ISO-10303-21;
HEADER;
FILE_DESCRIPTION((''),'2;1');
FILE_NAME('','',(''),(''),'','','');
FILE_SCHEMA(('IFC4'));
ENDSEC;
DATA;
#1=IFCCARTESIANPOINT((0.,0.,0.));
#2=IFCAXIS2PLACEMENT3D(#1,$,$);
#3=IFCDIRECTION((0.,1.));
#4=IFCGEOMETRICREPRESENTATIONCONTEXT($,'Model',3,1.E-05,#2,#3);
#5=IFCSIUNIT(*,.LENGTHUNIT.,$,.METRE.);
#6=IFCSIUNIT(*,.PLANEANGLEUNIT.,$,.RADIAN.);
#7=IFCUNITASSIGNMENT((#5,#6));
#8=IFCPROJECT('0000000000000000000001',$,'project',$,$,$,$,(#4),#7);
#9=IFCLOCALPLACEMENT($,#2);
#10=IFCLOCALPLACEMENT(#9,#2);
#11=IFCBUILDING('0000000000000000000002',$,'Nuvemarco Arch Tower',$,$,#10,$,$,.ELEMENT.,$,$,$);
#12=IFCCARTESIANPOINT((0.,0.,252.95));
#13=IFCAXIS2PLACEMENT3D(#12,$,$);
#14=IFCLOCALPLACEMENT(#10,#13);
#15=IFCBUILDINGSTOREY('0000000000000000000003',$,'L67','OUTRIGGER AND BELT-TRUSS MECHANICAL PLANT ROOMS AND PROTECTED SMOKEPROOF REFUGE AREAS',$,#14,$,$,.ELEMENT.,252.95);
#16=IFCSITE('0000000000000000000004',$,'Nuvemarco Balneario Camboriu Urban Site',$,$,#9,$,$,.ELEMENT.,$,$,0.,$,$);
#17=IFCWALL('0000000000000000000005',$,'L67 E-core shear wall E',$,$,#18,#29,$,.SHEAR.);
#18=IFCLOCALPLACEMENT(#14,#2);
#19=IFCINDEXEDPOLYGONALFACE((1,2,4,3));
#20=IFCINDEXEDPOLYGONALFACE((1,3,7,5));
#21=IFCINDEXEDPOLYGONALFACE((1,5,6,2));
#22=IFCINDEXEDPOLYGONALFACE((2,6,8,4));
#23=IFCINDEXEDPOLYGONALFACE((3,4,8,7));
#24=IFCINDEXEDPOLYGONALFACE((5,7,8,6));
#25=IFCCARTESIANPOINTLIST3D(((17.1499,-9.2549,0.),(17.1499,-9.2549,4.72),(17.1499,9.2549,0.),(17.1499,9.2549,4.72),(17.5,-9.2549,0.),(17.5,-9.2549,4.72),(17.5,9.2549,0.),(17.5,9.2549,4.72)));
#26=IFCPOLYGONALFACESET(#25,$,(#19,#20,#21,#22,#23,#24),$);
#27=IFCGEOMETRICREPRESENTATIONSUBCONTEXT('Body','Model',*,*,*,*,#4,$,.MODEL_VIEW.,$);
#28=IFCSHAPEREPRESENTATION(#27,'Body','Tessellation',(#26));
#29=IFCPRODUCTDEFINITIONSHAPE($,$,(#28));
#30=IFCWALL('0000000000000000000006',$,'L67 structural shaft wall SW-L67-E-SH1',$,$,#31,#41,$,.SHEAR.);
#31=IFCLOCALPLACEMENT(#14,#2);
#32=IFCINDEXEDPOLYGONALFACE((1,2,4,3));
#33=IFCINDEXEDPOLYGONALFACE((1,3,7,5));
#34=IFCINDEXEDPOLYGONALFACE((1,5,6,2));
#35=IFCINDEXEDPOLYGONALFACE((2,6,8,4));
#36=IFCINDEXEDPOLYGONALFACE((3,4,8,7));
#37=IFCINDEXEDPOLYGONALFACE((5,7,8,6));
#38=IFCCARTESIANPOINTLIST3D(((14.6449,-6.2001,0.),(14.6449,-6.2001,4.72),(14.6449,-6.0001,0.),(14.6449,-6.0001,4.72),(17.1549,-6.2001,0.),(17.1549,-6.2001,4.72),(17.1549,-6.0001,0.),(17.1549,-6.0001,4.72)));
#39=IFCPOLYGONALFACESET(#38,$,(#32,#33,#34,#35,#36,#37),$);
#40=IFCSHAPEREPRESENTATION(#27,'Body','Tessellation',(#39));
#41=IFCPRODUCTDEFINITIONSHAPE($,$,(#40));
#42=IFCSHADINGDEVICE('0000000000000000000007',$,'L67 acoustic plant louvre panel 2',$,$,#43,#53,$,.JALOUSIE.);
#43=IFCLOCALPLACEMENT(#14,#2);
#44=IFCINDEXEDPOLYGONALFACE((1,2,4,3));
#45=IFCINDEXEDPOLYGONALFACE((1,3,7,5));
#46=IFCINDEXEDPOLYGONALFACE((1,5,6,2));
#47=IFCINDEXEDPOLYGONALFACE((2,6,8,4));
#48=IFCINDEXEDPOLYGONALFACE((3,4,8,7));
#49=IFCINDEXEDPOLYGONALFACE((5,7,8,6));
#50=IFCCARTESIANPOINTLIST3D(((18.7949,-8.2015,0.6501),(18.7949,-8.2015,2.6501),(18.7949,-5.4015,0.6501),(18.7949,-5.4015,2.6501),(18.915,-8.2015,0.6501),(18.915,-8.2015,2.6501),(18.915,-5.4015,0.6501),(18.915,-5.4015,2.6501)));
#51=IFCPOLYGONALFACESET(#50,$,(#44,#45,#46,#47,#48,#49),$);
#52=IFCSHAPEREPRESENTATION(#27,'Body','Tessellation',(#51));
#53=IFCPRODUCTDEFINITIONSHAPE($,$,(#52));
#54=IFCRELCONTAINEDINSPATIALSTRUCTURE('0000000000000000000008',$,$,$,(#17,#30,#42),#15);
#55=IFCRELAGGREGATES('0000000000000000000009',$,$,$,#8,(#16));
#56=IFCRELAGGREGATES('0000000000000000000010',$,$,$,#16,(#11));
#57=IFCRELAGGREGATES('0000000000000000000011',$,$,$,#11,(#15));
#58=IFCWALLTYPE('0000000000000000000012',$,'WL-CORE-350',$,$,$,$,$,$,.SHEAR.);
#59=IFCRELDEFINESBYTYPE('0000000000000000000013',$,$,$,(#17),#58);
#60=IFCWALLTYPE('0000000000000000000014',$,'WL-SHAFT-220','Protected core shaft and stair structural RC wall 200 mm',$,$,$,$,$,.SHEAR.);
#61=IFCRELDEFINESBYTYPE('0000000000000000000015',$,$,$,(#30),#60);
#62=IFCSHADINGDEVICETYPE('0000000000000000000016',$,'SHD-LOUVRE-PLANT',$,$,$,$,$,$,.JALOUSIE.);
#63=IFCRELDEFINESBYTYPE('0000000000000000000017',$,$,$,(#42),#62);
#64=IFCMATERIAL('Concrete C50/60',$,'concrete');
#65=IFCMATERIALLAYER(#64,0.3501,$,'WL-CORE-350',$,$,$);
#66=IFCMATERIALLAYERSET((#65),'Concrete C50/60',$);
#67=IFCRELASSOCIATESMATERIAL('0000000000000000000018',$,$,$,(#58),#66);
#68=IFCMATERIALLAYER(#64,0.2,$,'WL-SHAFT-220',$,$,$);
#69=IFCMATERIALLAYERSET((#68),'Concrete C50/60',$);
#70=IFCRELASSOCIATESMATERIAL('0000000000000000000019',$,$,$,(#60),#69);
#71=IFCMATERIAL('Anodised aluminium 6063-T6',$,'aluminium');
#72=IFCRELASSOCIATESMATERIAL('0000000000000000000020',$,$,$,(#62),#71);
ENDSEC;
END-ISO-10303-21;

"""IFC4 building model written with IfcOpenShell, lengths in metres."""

from ifc_helpers import new_model, si_unit, direction, frame, frame_2d, origin, origin_2d, place, context, subcontext, project, spatial, rectangle, extrude, source, transform, mapped, material, layer, layer_set, type_object, type_shapes, element, save


model = new_model("IFC4")

# Units and contexts
model_context = context("Model", 3, precision=1e-05, world=origin(), true_north=direction((0.0, 1.0)))
body_context = subcontext(model_context, "Body", "Model", "MODEL_VIEW")
ifc_project = project(units=[si_unit("LENGTHUNIT", "METRE"), si_unit("PLANEANGLEUNIT", "RADIAN")], contexts=[model_context])

# Site, building, storey
site_placement = place(None, origin())
site = spatial("IfcSite", under=ifc_project, at=site_placement, Name="Nuvemarco Balneario Camboriu Urban Site", CompositionType="ELEMENT", RefElevation=0.0)
building_placement = place(site_placement, origin())
building = spatial("IfcBuilding", under=site, at=building_placement, Name="Nuvemarco Arch Tower", CompositionType="ELEMENT")
storey_placement = place(building_placement, frame((0.0, 0.0, 252.95)))
storey = spatial("IfcBuildingStorey", under=building, at=storey_placement, Name="L67", Description="OUTRIGGER AND BELT-TRUSS MECHANICAL PLANT ROOMS AND PROTECTED SMOKEPROOF REFUGE AREAS", CompositionType="ELEMENT", Elevation=252.95)

# Shared definitions
ifc_material_1 = material(Name="Concrete C50/60", Category="concrete")

# Walls
ifc_layer_1 = layer(ifc_material_1, 0.3501, Name="WL-CORE-350")
ifc_layer_set_1 = layer_set([ifc_layer_1], Name="Concrete C50/60")
wall_type_1 = type_object("IfcWallType", Name="WL-CORE-350", PredefinedType="SHEAR", material=ifc_layer_set_1)
wall_1_placement = place(storey_placement, frame((17.325, -9.2549, 0.0), z_axis=(0.0, 0.0, 1.0), x_axis=(0.0, 1.0, 0.0)))
element("IfcWall", 1, at=wall_1_placement, inside=storey, type_object=wall_type_1, Name="L67 E-core shear wall E", PredefinedType="SHEAR", context=body_context, shape_type="SweptSolid", body=[
    extrude(rectangle(XDim=18.5098, YDim=0.3501, at=frame_2d((9.2549, 0.0))), origin(), (0.0, 0.0, 1.0), 4.72),
])
ifc_layer_2 = layer(ifc_material_1, 0.2, Name="WL-SHAFT-220")
ifc_layer_set_2 = layer_set([ifc_layer_2], Name="Concrete C50/60")
wall_type_2 = type_object("IfcWallType", Name="WL-SHAFT-220", Description="Protected core shaft and stair structural RC wall 200 mm", PredefinedType="SHEAR", material=ifc_layer_set_2)
wall_2_placement = place(storey_placement, frame((14.645, -6.1001, 0.0), z_axis=(0.0, 0.0, 1.0), x_axis=(1.0, 0.0, 0.0)))
element("IfcWall", 2, at=wall_2_placement, inside=storey, type_object=wall_type_2, Name="L67 structural shaft wall SW-L67-E-SH1", PredefinedType="SHEAR", context=body_context, shape_type="SweptSolid", body=[
    extrude(rectangle(XDim=2.51, YDim=0.2, at=frame_2d((1.2549, 0.0))), origin(), (0.0, 0.0, 1.0), 4.72),
])

# Shading device
ifc_material_2 = material(Name="Anodised aluminium 6063-T6", Category="aluminium")
shading_device_type = type_object("IfcShadingDeviceType", Name="SHD-LOUVRE-PLANT", PredefinedType="JALOUSIE", material=ifc_material_2)
shared_shape_1 = source(origin(), body_context, "Body", "SweptSolid", [
    extrude(rectangle(XDim=2.8, YDim=0.1201, at=origin_2d()), origin(), (0.0, 0.0, 1.0), 2.0),
])
type_shapes(shading_device_type, [shared_shape_1])
shading_device_placement = place(storey_placement, frame((18.855, -6.8015, 0.6501), z_axis=(0.0, 0.0, 1.0), x_axis=(0.0, 1.0, 0.0)))
element("IfcShadingDevice", 3, at=shading_device_placement, inside=storey, type_object=shading_device_type, Name="L67 acoustic plant louvre panel 2", PredefinedType="JALOUSIE", context=body_context, shape_type="MappedRepresentation", body=[
    mapped(shared_shape_1, transform((0.0, 0.0, 0.0), scale=1.0)),
])

save(model, "model.ifc")
